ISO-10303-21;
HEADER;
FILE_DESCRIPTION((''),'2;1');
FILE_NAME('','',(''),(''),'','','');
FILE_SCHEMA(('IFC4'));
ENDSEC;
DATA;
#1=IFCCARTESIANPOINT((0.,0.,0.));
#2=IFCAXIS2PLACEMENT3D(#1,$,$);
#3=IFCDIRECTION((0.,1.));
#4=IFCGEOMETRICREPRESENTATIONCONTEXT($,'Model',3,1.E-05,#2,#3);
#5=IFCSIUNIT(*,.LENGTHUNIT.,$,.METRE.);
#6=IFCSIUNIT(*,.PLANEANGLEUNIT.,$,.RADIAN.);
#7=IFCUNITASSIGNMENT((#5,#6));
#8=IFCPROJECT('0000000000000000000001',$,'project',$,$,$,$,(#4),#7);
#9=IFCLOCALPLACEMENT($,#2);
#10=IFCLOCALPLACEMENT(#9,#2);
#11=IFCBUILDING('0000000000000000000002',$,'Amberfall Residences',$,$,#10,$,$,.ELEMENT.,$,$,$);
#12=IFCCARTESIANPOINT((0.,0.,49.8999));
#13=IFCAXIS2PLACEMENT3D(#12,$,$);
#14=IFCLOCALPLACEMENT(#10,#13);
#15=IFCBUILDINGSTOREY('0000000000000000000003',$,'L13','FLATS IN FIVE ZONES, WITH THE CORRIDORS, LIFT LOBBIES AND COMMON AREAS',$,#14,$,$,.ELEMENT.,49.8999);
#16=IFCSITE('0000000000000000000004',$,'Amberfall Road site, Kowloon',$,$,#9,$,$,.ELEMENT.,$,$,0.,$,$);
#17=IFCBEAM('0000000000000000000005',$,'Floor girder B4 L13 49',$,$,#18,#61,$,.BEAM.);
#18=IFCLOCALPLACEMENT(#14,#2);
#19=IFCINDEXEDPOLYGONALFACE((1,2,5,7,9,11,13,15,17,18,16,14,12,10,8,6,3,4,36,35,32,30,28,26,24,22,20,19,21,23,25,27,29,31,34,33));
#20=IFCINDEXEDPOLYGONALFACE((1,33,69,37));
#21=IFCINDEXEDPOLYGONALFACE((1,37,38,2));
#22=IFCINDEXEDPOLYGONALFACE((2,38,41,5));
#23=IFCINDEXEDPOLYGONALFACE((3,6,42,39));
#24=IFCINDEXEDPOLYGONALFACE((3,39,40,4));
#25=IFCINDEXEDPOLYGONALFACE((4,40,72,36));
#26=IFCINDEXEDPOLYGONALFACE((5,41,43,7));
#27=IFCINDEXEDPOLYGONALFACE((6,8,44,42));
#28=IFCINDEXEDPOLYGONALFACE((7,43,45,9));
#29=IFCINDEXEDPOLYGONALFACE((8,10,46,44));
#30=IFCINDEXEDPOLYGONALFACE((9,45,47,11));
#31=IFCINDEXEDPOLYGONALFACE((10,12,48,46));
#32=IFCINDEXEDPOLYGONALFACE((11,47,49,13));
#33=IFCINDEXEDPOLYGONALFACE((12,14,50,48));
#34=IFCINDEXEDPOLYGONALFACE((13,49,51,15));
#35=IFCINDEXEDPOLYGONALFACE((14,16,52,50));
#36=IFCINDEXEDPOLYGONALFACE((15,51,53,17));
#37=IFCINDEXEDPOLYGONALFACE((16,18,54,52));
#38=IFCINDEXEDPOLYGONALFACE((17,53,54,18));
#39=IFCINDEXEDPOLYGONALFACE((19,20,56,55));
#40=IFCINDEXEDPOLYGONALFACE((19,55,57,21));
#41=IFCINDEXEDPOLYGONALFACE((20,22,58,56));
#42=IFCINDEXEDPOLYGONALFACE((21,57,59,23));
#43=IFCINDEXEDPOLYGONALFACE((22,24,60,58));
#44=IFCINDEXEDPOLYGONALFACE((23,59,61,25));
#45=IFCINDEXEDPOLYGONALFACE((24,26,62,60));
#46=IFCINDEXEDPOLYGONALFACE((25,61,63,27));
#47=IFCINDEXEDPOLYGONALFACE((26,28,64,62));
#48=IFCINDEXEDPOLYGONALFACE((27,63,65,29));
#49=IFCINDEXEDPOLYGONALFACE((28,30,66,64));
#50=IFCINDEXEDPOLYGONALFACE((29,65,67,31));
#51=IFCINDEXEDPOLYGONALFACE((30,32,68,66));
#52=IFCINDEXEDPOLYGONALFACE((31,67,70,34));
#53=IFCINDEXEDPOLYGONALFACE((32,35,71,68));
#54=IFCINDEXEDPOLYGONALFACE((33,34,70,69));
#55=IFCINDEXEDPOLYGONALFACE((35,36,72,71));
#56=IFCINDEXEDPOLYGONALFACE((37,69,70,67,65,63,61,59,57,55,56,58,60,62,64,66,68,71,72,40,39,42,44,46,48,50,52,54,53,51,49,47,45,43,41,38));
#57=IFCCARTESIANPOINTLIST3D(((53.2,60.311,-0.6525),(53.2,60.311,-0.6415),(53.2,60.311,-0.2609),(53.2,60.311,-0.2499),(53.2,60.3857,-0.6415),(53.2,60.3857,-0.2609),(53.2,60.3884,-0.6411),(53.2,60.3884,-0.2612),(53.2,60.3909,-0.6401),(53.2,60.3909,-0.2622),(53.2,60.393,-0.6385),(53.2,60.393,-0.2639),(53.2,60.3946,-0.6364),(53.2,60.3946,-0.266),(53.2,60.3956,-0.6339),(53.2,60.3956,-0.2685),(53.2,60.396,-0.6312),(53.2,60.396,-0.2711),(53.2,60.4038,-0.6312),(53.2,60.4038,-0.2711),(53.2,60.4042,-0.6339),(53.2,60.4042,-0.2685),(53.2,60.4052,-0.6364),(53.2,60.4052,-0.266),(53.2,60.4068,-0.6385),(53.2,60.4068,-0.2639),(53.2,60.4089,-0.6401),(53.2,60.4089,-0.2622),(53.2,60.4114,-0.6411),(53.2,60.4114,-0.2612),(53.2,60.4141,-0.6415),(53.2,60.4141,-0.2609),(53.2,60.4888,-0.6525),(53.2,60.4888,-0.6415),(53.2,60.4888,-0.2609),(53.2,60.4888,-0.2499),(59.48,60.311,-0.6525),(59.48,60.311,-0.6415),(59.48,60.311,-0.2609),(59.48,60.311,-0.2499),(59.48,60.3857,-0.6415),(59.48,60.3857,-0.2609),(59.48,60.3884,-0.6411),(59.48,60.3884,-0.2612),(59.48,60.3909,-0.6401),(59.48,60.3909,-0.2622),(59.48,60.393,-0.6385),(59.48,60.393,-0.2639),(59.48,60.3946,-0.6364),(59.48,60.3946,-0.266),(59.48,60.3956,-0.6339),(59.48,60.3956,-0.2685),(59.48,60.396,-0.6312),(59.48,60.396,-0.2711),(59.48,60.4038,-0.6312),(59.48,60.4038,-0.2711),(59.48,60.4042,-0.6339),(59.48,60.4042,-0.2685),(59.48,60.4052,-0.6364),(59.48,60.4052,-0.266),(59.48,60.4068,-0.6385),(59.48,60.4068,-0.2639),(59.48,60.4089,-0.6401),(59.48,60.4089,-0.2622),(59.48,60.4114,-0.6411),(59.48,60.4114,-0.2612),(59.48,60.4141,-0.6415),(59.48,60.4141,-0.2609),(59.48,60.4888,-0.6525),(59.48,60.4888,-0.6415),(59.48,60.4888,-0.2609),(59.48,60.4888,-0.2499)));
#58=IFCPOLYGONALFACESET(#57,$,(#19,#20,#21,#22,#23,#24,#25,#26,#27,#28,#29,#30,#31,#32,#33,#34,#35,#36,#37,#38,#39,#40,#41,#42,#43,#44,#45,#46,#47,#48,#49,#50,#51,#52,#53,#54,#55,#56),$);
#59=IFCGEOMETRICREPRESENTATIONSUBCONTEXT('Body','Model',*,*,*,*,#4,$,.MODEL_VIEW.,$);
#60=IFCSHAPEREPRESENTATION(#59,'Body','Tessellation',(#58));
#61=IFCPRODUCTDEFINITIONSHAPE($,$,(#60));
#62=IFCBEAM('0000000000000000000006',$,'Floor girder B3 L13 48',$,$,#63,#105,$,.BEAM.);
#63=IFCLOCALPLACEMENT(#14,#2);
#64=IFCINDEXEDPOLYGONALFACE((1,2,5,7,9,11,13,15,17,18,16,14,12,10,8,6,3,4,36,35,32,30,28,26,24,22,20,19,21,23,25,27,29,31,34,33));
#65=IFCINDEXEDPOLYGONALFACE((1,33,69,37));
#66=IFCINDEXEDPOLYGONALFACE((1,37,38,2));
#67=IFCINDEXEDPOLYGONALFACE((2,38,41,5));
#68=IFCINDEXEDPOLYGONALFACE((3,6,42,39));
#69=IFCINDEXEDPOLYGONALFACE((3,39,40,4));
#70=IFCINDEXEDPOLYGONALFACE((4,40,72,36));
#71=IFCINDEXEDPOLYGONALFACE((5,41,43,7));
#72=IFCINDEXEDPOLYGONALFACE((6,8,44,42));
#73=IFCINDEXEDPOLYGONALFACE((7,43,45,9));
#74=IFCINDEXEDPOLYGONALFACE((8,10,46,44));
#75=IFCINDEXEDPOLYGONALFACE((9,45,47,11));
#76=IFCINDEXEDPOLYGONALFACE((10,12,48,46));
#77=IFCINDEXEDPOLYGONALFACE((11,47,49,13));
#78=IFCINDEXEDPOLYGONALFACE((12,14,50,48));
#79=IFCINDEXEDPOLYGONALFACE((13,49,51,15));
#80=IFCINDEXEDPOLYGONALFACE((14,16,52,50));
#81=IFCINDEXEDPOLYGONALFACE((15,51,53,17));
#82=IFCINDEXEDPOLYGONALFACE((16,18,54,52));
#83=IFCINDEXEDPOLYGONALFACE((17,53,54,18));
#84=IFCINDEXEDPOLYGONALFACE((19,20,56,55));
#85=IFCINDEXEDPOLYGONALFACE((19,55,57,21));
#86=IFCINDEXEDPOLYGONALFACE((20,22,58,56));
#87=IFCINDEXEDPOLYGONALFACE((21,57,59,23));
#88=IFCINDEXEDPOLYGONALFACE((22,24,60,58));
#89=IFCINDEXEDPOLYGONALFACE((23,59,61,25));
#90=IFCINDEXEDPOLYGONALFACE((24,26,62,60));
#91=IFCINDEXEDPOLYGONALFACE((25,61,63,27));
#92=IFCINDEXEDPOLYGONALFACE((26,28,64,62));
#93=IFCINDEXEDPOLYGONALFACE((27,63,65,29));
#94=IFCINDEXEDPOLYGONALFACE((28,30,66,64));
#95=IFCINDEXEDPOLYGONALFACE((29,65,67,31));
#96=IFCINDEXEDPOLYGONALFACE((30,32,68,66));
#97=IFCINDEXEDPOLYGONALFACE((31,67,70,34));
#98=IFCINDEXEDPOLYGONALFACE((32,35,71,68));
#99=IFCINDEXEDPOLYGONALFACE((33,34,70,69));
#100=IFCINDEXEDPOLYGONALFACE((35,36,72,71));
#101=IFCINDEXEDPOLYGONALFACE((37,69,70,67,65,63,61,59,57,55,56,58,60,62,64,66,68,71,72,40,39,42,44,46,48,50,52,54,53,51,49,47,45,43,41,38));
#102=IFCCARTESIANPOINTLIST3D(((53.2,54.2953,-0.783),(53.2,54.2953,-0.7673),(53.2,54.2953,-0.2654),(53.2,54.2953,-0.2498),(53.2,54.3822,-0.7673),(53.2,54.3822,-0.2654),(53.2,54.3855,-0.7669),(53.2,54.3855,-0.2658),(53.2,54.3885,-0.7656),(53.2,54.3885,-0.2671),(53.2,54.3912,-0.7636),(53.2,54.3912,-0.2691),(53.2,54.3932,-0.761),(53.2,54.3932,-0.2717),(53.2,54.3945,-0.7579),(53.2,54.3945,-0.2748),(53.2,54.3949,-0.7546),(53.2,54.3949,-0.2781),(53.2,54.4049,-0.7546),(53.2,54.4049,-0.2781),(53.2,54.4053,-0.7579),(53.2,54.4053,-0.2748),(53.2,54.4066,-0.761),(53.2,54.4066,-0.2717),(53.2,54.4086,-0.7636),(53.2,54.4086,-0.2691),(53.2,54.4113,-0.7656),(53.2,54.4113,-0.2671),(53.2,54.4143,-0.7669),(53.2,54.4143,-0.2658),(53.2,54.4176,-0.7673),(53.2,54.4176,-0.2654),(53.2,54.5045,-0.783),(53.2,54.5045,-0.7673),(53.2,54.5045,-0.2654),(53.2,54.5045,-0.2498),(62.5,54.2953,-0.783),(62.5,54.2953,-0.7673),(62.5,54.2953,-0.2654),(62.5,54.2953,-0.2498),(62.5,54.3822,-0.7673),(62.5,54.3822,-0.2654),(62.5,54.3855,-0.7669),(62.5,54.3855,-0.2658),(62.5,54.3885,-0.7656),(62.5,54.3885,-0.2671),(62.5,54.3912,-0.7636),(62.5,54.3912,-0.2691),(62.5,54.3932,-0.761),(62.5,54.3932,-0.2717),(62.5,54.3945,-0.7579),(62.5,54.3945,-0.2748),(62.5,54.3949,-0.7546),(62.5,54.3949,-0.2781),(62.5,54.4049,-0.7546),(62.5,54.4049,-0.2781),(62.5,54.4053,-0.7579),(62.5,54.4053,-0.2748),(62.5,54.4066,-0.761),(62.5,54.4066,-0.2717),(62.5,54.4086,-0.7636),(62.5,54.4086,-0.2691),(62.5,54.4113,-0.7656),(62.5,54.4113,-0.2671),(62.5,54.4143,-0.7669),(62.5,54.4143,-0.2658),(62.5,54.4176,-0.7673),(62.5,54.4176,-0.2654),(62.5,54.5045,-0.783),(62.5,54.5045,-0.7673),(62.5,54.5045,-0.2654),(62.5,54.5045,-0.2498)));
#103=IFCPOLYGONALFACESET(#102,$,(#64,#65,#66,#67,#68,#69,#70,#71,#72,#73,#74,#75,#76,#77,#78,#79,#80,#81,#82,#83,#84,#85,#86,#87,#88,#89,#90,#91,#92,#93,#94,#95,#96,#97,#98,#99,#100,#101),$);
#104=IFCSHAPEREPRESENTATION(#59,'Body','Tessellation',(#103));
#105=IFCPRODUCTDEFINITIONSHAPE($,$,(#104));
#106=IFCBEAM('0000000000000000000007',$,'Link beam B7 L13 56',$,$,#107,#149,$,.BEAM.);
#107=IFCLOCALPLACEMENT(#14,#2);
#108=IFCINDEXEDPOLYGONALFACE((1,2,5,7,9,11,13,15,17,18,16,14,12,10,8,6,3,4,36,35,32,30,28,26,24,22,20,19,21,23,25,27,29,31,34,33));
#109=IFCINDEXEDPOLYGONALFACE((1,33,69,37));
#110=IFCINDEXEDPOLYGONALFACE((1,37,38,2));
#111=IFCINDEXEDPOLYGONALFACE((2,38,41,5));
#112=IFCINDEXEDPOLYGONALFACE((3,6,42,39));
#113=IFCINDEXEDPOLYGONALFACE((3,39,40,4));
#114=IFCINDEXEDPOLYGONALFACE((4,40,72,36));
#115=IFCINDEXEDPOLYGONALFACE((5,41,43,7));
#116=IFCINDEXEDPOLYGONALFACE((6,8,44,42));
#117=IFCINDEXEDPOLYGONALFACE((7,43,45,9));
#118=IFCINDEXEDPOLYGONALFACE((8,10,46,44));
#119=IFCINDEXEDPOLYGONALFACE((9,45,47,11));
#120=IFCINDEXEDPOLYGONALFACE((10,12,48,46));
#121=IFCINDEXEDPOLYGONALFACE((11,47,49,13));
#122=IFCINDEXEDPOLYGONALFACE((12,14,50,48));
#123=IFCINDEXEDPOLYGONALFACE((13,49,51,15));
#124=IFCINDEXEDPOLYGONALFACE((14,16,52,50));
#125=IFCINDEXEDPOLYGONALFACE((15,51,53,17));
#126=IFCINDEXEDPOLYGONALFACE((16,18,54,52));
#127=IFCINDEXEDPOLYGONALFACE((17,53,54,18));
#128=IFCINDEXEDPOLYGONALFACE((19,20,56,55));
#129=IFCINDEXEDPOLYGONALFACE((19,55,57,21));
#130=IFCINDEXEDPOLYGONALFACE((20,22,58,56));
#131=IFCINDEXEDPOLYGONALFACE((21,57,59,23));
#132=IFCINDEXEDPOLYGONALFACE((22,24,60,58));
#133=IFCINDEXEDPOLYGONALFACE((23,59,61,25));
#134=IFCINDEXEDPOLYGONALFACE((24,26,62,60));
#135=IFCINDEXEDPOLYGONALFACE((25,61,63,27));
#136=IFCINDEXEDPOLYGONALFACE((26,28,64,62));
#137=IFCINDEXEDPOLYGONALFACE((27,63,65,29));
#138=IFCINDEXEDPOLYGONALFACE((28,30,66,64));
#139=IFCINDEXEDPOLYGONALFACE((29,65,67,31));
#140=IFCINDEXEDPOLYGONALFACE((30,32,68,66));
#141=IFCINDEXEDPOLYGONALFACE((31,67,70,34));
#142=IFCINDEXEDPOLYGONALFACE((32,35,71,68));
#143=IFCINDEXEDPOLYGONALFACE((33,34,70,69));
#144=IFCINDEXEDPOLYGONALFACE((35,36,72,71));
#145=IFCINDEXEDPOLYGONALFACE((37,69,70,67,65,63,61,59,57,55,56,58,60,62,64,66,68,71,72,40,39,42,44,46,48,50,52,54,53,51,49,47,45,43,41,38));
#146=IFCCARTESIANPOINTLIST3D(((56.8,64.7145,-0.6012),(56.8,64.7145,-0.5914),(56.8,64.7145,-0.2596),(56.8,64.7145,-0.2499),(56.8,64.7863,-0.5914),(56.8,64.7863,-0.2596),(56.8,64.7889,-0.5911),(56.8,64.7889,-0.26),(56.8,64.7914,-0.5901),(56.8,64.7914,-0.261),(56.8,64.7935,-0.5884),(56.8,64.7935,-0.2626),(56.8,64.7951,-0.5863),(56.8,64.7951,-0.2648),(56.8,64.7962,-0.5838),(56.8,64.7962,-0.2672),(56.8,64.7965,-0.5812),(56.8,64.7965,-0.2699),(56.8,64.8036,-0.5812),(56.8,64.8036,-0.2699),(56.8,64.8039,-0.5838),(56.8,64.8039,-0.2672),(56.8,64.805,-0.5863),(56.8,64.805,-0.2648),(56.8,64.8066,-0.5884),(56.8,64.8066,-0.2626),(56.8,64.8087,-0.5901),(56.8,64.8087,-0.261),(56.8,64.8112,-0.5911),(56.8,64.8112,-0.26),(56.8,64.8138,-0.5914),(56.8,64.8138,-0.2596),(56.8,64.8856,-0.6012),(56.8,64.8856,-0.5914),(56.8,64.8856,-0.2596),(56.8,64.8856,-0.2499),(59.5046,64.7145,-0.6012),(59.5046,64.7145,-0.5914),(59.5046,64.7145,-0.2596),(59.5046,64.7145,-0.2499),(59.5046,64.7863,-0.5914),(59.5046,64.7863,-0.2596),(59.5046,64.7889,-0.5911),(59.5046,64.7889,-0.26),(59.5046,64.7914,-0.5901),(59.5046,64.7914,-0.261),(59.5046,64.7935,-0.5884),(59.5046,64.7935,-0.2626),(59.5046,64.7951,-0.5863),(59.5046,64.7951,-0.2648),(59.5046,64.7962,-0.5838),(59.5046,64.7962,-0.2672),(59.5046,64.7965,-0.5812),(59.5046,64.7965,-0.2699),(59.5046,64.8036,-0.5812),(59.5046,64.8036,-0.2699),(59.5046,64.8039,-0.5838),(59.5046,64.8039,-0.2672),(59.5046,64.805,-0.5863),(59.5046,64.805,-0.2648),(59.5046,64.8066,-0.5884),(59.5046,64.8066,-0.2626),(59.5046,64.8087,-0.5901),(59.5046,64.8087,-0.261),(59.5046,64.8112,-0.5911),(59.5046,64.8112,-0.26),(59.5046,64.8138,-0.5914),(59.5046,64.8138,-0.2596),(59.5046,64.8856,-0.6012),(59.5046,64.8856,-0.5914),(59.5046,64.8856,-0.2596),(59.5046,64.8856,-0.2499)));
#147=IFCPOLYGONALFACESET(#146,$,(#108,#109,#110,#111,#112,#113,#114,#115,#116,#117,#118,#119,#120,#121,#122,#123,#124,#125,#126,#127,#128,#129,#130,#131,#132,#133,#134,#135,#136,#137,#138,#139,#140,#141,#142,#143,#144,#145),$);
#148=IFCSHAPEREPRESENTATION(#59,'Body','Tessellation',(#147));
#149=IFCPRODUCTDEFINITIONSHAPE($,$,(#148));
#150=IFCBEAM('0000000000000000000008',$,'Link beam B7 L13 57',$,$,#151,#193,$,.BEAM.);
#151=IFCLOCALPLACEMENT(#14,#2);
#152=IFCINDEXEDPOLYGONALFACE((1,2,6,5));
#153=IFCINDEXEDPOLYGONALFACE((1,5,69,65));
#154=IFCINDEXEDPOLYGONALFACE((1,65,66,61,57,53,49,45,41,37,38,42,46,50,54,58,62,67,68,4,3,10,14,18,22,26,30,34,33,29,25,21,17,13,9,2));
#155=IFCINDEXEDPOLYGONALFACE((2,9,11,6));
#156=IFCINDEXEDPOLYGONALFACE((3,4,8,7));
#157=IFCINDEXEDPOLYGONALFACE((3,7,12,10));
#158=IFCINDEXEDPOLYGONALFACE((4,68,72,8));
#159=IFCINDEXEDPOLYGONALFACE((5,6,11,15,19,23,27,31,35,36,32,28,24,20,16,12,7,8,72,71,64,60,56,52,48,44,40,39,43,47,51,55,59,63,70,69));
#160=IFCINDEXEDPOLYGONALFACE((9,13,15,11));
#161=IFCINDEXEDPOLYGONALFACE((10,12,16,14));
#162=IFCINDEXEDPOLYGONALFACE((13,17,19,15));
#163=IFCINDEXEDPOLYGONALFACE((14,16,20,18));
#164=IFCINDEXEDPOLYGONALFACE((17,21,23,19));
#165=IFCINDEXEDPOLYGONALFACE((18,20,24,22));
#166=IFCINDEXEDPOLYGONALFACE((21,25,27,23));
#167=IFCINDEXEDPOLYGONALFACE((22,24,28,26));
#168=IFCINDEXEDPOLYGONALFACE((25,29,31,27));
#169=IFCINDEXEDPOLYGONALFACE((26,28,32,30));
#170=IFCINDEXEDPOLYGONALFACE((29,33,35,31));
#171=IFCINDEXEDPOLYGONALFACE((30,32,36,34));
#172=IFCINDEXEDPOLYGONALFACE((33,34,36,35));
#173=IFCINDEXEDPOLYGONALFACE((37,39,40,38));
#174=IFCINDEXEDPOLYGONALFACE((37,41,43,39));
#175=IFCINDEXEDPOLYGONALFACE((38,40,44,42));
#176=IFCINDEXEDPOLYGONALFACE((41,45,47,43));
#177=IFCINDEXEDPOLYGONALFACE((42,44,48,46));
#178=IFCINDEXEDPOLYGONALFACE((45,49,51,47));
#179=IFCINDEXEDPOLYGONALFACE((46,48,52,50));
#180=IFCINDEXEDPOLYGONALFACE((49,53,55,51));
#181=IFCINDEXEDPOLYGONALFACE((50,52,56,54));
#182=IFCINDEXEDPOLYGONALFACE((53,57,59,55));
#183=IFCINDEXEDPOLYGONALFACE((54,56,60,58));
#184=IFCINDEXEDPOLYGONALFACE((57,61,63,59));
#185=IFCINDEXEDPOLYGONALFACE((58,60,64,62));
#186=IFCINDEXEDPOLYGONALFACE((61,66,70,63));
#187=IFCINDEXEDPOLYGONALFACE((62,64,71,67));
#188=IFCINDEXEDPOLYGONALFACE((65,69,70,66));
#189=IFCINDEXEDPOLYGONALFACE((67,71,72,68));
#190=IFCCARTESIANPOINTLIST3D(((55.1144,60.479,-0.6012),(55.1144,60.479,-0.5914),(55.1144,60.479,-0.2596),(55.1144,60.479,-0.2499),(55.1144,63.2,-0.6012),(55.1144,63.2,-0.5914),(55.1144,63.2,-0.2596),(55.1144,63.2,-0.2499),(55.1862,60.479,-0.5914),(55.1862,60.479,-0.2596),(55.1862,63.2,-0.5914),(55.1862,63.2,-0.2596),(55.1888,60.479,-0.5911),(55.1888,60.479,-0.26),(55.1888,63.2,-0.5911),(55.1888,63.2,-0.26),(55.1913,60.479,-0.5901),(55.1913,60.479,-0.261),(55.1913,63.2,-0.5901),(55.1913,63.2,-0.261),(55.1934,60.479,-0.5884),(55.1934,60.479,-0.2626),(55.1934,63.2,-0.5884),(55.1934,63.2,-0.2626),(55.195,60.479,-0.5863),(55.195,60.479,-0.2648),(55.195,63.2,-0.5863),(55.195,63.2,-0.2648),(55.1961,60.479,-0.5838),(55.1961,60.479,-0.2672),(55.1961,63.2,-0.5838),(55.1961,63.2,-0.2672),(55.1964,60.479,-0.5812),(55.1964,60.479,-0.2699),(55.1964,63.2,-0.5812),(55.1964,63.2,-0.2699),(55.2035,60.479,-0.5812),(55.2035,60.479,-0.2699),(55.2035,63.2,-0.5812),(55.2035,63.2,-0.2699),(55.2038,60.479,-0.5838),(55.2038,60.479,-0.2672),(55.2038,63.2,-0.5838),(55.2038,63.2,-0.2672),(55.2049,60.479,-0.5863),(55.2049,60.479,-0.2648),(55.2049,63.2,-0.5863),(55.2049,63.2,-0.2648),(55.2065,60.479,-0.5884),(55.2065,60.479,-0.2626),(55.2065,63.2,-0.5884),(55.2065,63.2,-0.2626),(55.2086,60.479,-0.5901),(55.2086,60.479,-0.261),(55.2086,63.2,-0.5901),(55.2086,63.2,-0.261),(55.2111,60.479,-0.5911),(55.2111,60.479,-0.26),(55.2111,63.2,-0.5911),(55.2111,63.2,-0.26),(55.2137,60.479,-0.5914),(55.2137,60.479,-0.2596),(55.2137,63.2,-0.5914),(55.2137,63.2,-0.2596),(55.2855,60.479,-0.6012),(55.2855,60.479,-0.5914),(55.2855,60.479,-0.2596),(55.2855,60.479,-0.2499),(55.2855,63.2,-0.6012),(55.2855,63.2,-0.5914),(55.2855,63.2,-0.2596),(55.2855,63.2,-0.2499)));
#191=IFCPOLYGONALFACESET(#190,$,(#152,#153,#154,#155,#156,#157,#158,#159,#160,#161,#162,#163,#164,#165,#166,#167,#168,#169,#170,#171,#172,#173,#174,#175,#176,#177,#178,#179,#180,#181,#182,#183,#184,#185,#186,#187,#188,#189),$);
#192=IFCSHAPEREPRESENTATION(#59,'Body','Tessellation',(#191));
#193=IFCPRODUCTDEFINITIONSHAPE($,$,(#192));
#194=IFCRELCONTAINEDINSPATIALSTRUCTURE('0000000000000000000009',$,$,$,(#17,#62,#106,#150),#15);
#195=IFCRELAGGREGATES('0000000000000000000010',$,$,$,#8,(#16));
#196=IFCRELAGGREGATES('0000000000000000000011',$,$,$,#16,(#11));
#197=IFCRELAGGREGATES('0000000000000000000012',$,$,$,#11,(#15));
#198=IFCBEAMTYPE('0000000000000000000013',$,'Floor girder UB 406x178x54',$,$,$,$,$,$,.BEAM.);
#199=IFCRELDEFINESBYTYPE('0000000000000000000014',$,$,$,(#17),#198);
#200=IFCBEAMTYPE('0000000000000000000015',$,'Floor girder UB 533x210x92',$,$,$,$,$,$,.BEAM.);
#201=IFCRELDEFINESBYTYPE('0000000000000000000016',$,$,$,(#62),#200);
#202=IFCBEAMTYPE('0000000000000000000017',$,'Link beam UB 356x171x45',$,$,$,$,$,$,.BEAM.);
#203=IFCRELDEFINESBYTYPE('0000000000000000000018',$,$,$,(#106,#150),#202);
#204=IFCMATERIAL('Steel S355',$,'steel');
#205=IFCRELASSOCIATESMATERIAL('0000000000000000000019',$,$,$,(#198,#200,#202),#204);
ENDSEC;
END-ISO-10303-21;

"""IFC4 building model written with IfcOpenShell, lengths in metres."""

from ifc_helpers import new_model, si_unit, direction, frame, origin, origin_2d, place, context, subcontext, project, spatial, i_section, extrude, material, material_profile, profile_set, type_object, element, save


model = new_model("IFC4")

# Units and contexts
model_context = context("Model", 3, precision=1e-05, world=origin(), true_north=direction((0.0, 1.0)))
body_context = subcontext(model_context, "Body", "Model", "MODEL_VIEW")
ifc_project = project(units=[si_unit("LENGTHUNIT", "METRE"), si_unit("PLANEANGLEUNIT", "RADIAN")], contexts=[model_context])

# Site, building, storey
site_placement = place(None, origin())
site = spatial("IfcSite", under=ifc_project, at=site_placement, Name="Amberfall Road site, Kowloon", CompositionType="ELEMENT", RefElevation=0.0)
building_placement = place(site_placement, origin())
building = spatial("IfcBuilding", under=site, at=building_placement, Name="Amberfall Residences", CompositionType="ELEMENT")
storey_placement = place(building_placement, frame((0.0, 0.0, 49.8999)))
storey = spatial("IfcBuildingStorey", under=building, at=storey_placement, Name="L13", Description="FLATS IN FIVE ZONES, WITH THE CORRIDORS, LIFT LOBBIES AND COMMON AREAS", CompositionType="ELEMENT", Elevation=49.8999)

# Shared definitions
ifc_material_1 = material(Name="Steel S355", Category="steel")

# Beams
ifc_material_profile_1 = material_profile(ifc_material_1, i_section(OverallWidth=0.1777, OverallDepth=0.4026, WebThickness=0.0078, FlangeThickness=0.011, FilletRadius=0.0103, at=origin_2d()), Name="UB 406x178x54")
ifc_profile_set_1 = profile_set([ifc_material_profile_1], Name="Steel S355")
beam_type_1 = type_object("IfcBeamType", Name="Floor girder UB 406x178x54", PredefinedType="BEAM", material=ifc_profile_set_1)
beam_1_placement = place(storey_placement, frame((53.2, 60.3999, -0.4512), z_axis=(1.0, 0.0, 0.0), x_axis=(0.0, 1.0, 0.0)))
element("IfcBeam", 1, at=beam_1_placement, inside=storey, type_object=beam_type_1, Name="Floor girder B4 L13 49", PredefinedType="BEAM", context=body_context, shape_type="SweptSolid", body=[
    extrude(i_section(OverallWidth=0.1777, OverallDepth=0.4026, WebThickness=0.0078, FlangeThickness=0.011, FilletRadius=0.0103, at=origin_2d()), origin(), (0.0, 0.0, 1.0), 6.28),
])
ifc_material_profile_2 = material_profile(ifc_material_1, i_section(OverallWidth=0.2092, OverallDepth=0.5332, WebThickness=0.01, FlangeThickness=0.0156, FilletRadius=0.0127, at=origin_2d()), Name="UB 533x210x92")
ifc_profile_set_2 = profile_set([ifc_material_profile_2], Name="Steel S355")
beam_type_2 = type_object("IfcBeamType", Name="Floor girder UB 533x210x92", PredefinedType="BEAM", material=ifc_profile_set_2)
beam_2_placement = place(storey_placement, frame((53.2, 54.3999, -0.5164), z_axis=(1.0, 0.0, 0.0), x_axis=(0.0, 1.0, 0.0)))
element("IfcBeam", 2, at=beam_2_placement, inside=storey, type_object=beam_type_2, Name="Floor girder B3 L13 48", PredefinedType="BEAM", context=body_context, shape_type="SweptSolid", body=[
    extrude(i_section(OverallWidth=0.2092, OverallDepth=0.5332, WebThickness=0.01, FlangeThickness=0.0156, FilletRadius=0.0127, at=origin_2d()), origin(), (0.0, 0.0, 1.0), 9.3),
])
ifc_material_profile_3 = material_profile(ifc_material_1, i_section(OverallWidth=0.1711, OverallDepth=0.3513, WebThickness=0.0071, FlangeThickness=0.0098, FilletRadius=0.0103, at=origin_2d()), Name="UB 356x171x45")
ifc_profile_set_3 = profile_set([ifc_material_profile_3], Name="Steel S355")
beam_type_3 = type_object("IfcBeamType", Name="Link beam UB 356x171x45", PredefinedType="BEAM", material=ifc_profile_set_3)
beam_3_placement = place(storey_placement, frame((56.8, 64.8, -0.4255), z_axis=(1.0, 0.0, 0.0), x_axis=(0.0, 1.0, 0.0)))
element("IfcBeam", 3, at=beam_3_placement, inside=storey, type_object=beam_type_3, Name="Link beam B7 L13 56", PredefinedType="BEAM", context=body_context, shape_type="SweptSolid", body=[
    extrude(i_section(OverallWidth=0.1711, OverallDepth=0.3513, WebThickness=0.0071, FlangeThickness=0.0098, FilletRadius=0.0103, at=origin_2d()), origin(), (0.0, 0.0, 1.0), 2.7046),
])
beam_4_placement = place(storey_placement, frame((55.2, 63.2, -0.4255), z_axis=(0.0, -1.0, 0.0), x_axis=(1.0, 0.0, 0.0)))
element("IfcBeam", 4, at=beam_4_placement, inside=storey, type_object=beam_type_3, Name="Link beam B7 L13 57", PredefinedType="BEAM", context=body_context, shape_type="SweptSolid", body=[
    extrude(i_section(OverallWidth=0.1711, OverallDepth=0.3513, WebThickness=0.0071, FlangeThickness=0.0098, FilletRadius=0.0103, at=origin_2d()), origin(), (0.0, 0.0, 1.0), 2.7209),
])

save(model, "model.ifc")
